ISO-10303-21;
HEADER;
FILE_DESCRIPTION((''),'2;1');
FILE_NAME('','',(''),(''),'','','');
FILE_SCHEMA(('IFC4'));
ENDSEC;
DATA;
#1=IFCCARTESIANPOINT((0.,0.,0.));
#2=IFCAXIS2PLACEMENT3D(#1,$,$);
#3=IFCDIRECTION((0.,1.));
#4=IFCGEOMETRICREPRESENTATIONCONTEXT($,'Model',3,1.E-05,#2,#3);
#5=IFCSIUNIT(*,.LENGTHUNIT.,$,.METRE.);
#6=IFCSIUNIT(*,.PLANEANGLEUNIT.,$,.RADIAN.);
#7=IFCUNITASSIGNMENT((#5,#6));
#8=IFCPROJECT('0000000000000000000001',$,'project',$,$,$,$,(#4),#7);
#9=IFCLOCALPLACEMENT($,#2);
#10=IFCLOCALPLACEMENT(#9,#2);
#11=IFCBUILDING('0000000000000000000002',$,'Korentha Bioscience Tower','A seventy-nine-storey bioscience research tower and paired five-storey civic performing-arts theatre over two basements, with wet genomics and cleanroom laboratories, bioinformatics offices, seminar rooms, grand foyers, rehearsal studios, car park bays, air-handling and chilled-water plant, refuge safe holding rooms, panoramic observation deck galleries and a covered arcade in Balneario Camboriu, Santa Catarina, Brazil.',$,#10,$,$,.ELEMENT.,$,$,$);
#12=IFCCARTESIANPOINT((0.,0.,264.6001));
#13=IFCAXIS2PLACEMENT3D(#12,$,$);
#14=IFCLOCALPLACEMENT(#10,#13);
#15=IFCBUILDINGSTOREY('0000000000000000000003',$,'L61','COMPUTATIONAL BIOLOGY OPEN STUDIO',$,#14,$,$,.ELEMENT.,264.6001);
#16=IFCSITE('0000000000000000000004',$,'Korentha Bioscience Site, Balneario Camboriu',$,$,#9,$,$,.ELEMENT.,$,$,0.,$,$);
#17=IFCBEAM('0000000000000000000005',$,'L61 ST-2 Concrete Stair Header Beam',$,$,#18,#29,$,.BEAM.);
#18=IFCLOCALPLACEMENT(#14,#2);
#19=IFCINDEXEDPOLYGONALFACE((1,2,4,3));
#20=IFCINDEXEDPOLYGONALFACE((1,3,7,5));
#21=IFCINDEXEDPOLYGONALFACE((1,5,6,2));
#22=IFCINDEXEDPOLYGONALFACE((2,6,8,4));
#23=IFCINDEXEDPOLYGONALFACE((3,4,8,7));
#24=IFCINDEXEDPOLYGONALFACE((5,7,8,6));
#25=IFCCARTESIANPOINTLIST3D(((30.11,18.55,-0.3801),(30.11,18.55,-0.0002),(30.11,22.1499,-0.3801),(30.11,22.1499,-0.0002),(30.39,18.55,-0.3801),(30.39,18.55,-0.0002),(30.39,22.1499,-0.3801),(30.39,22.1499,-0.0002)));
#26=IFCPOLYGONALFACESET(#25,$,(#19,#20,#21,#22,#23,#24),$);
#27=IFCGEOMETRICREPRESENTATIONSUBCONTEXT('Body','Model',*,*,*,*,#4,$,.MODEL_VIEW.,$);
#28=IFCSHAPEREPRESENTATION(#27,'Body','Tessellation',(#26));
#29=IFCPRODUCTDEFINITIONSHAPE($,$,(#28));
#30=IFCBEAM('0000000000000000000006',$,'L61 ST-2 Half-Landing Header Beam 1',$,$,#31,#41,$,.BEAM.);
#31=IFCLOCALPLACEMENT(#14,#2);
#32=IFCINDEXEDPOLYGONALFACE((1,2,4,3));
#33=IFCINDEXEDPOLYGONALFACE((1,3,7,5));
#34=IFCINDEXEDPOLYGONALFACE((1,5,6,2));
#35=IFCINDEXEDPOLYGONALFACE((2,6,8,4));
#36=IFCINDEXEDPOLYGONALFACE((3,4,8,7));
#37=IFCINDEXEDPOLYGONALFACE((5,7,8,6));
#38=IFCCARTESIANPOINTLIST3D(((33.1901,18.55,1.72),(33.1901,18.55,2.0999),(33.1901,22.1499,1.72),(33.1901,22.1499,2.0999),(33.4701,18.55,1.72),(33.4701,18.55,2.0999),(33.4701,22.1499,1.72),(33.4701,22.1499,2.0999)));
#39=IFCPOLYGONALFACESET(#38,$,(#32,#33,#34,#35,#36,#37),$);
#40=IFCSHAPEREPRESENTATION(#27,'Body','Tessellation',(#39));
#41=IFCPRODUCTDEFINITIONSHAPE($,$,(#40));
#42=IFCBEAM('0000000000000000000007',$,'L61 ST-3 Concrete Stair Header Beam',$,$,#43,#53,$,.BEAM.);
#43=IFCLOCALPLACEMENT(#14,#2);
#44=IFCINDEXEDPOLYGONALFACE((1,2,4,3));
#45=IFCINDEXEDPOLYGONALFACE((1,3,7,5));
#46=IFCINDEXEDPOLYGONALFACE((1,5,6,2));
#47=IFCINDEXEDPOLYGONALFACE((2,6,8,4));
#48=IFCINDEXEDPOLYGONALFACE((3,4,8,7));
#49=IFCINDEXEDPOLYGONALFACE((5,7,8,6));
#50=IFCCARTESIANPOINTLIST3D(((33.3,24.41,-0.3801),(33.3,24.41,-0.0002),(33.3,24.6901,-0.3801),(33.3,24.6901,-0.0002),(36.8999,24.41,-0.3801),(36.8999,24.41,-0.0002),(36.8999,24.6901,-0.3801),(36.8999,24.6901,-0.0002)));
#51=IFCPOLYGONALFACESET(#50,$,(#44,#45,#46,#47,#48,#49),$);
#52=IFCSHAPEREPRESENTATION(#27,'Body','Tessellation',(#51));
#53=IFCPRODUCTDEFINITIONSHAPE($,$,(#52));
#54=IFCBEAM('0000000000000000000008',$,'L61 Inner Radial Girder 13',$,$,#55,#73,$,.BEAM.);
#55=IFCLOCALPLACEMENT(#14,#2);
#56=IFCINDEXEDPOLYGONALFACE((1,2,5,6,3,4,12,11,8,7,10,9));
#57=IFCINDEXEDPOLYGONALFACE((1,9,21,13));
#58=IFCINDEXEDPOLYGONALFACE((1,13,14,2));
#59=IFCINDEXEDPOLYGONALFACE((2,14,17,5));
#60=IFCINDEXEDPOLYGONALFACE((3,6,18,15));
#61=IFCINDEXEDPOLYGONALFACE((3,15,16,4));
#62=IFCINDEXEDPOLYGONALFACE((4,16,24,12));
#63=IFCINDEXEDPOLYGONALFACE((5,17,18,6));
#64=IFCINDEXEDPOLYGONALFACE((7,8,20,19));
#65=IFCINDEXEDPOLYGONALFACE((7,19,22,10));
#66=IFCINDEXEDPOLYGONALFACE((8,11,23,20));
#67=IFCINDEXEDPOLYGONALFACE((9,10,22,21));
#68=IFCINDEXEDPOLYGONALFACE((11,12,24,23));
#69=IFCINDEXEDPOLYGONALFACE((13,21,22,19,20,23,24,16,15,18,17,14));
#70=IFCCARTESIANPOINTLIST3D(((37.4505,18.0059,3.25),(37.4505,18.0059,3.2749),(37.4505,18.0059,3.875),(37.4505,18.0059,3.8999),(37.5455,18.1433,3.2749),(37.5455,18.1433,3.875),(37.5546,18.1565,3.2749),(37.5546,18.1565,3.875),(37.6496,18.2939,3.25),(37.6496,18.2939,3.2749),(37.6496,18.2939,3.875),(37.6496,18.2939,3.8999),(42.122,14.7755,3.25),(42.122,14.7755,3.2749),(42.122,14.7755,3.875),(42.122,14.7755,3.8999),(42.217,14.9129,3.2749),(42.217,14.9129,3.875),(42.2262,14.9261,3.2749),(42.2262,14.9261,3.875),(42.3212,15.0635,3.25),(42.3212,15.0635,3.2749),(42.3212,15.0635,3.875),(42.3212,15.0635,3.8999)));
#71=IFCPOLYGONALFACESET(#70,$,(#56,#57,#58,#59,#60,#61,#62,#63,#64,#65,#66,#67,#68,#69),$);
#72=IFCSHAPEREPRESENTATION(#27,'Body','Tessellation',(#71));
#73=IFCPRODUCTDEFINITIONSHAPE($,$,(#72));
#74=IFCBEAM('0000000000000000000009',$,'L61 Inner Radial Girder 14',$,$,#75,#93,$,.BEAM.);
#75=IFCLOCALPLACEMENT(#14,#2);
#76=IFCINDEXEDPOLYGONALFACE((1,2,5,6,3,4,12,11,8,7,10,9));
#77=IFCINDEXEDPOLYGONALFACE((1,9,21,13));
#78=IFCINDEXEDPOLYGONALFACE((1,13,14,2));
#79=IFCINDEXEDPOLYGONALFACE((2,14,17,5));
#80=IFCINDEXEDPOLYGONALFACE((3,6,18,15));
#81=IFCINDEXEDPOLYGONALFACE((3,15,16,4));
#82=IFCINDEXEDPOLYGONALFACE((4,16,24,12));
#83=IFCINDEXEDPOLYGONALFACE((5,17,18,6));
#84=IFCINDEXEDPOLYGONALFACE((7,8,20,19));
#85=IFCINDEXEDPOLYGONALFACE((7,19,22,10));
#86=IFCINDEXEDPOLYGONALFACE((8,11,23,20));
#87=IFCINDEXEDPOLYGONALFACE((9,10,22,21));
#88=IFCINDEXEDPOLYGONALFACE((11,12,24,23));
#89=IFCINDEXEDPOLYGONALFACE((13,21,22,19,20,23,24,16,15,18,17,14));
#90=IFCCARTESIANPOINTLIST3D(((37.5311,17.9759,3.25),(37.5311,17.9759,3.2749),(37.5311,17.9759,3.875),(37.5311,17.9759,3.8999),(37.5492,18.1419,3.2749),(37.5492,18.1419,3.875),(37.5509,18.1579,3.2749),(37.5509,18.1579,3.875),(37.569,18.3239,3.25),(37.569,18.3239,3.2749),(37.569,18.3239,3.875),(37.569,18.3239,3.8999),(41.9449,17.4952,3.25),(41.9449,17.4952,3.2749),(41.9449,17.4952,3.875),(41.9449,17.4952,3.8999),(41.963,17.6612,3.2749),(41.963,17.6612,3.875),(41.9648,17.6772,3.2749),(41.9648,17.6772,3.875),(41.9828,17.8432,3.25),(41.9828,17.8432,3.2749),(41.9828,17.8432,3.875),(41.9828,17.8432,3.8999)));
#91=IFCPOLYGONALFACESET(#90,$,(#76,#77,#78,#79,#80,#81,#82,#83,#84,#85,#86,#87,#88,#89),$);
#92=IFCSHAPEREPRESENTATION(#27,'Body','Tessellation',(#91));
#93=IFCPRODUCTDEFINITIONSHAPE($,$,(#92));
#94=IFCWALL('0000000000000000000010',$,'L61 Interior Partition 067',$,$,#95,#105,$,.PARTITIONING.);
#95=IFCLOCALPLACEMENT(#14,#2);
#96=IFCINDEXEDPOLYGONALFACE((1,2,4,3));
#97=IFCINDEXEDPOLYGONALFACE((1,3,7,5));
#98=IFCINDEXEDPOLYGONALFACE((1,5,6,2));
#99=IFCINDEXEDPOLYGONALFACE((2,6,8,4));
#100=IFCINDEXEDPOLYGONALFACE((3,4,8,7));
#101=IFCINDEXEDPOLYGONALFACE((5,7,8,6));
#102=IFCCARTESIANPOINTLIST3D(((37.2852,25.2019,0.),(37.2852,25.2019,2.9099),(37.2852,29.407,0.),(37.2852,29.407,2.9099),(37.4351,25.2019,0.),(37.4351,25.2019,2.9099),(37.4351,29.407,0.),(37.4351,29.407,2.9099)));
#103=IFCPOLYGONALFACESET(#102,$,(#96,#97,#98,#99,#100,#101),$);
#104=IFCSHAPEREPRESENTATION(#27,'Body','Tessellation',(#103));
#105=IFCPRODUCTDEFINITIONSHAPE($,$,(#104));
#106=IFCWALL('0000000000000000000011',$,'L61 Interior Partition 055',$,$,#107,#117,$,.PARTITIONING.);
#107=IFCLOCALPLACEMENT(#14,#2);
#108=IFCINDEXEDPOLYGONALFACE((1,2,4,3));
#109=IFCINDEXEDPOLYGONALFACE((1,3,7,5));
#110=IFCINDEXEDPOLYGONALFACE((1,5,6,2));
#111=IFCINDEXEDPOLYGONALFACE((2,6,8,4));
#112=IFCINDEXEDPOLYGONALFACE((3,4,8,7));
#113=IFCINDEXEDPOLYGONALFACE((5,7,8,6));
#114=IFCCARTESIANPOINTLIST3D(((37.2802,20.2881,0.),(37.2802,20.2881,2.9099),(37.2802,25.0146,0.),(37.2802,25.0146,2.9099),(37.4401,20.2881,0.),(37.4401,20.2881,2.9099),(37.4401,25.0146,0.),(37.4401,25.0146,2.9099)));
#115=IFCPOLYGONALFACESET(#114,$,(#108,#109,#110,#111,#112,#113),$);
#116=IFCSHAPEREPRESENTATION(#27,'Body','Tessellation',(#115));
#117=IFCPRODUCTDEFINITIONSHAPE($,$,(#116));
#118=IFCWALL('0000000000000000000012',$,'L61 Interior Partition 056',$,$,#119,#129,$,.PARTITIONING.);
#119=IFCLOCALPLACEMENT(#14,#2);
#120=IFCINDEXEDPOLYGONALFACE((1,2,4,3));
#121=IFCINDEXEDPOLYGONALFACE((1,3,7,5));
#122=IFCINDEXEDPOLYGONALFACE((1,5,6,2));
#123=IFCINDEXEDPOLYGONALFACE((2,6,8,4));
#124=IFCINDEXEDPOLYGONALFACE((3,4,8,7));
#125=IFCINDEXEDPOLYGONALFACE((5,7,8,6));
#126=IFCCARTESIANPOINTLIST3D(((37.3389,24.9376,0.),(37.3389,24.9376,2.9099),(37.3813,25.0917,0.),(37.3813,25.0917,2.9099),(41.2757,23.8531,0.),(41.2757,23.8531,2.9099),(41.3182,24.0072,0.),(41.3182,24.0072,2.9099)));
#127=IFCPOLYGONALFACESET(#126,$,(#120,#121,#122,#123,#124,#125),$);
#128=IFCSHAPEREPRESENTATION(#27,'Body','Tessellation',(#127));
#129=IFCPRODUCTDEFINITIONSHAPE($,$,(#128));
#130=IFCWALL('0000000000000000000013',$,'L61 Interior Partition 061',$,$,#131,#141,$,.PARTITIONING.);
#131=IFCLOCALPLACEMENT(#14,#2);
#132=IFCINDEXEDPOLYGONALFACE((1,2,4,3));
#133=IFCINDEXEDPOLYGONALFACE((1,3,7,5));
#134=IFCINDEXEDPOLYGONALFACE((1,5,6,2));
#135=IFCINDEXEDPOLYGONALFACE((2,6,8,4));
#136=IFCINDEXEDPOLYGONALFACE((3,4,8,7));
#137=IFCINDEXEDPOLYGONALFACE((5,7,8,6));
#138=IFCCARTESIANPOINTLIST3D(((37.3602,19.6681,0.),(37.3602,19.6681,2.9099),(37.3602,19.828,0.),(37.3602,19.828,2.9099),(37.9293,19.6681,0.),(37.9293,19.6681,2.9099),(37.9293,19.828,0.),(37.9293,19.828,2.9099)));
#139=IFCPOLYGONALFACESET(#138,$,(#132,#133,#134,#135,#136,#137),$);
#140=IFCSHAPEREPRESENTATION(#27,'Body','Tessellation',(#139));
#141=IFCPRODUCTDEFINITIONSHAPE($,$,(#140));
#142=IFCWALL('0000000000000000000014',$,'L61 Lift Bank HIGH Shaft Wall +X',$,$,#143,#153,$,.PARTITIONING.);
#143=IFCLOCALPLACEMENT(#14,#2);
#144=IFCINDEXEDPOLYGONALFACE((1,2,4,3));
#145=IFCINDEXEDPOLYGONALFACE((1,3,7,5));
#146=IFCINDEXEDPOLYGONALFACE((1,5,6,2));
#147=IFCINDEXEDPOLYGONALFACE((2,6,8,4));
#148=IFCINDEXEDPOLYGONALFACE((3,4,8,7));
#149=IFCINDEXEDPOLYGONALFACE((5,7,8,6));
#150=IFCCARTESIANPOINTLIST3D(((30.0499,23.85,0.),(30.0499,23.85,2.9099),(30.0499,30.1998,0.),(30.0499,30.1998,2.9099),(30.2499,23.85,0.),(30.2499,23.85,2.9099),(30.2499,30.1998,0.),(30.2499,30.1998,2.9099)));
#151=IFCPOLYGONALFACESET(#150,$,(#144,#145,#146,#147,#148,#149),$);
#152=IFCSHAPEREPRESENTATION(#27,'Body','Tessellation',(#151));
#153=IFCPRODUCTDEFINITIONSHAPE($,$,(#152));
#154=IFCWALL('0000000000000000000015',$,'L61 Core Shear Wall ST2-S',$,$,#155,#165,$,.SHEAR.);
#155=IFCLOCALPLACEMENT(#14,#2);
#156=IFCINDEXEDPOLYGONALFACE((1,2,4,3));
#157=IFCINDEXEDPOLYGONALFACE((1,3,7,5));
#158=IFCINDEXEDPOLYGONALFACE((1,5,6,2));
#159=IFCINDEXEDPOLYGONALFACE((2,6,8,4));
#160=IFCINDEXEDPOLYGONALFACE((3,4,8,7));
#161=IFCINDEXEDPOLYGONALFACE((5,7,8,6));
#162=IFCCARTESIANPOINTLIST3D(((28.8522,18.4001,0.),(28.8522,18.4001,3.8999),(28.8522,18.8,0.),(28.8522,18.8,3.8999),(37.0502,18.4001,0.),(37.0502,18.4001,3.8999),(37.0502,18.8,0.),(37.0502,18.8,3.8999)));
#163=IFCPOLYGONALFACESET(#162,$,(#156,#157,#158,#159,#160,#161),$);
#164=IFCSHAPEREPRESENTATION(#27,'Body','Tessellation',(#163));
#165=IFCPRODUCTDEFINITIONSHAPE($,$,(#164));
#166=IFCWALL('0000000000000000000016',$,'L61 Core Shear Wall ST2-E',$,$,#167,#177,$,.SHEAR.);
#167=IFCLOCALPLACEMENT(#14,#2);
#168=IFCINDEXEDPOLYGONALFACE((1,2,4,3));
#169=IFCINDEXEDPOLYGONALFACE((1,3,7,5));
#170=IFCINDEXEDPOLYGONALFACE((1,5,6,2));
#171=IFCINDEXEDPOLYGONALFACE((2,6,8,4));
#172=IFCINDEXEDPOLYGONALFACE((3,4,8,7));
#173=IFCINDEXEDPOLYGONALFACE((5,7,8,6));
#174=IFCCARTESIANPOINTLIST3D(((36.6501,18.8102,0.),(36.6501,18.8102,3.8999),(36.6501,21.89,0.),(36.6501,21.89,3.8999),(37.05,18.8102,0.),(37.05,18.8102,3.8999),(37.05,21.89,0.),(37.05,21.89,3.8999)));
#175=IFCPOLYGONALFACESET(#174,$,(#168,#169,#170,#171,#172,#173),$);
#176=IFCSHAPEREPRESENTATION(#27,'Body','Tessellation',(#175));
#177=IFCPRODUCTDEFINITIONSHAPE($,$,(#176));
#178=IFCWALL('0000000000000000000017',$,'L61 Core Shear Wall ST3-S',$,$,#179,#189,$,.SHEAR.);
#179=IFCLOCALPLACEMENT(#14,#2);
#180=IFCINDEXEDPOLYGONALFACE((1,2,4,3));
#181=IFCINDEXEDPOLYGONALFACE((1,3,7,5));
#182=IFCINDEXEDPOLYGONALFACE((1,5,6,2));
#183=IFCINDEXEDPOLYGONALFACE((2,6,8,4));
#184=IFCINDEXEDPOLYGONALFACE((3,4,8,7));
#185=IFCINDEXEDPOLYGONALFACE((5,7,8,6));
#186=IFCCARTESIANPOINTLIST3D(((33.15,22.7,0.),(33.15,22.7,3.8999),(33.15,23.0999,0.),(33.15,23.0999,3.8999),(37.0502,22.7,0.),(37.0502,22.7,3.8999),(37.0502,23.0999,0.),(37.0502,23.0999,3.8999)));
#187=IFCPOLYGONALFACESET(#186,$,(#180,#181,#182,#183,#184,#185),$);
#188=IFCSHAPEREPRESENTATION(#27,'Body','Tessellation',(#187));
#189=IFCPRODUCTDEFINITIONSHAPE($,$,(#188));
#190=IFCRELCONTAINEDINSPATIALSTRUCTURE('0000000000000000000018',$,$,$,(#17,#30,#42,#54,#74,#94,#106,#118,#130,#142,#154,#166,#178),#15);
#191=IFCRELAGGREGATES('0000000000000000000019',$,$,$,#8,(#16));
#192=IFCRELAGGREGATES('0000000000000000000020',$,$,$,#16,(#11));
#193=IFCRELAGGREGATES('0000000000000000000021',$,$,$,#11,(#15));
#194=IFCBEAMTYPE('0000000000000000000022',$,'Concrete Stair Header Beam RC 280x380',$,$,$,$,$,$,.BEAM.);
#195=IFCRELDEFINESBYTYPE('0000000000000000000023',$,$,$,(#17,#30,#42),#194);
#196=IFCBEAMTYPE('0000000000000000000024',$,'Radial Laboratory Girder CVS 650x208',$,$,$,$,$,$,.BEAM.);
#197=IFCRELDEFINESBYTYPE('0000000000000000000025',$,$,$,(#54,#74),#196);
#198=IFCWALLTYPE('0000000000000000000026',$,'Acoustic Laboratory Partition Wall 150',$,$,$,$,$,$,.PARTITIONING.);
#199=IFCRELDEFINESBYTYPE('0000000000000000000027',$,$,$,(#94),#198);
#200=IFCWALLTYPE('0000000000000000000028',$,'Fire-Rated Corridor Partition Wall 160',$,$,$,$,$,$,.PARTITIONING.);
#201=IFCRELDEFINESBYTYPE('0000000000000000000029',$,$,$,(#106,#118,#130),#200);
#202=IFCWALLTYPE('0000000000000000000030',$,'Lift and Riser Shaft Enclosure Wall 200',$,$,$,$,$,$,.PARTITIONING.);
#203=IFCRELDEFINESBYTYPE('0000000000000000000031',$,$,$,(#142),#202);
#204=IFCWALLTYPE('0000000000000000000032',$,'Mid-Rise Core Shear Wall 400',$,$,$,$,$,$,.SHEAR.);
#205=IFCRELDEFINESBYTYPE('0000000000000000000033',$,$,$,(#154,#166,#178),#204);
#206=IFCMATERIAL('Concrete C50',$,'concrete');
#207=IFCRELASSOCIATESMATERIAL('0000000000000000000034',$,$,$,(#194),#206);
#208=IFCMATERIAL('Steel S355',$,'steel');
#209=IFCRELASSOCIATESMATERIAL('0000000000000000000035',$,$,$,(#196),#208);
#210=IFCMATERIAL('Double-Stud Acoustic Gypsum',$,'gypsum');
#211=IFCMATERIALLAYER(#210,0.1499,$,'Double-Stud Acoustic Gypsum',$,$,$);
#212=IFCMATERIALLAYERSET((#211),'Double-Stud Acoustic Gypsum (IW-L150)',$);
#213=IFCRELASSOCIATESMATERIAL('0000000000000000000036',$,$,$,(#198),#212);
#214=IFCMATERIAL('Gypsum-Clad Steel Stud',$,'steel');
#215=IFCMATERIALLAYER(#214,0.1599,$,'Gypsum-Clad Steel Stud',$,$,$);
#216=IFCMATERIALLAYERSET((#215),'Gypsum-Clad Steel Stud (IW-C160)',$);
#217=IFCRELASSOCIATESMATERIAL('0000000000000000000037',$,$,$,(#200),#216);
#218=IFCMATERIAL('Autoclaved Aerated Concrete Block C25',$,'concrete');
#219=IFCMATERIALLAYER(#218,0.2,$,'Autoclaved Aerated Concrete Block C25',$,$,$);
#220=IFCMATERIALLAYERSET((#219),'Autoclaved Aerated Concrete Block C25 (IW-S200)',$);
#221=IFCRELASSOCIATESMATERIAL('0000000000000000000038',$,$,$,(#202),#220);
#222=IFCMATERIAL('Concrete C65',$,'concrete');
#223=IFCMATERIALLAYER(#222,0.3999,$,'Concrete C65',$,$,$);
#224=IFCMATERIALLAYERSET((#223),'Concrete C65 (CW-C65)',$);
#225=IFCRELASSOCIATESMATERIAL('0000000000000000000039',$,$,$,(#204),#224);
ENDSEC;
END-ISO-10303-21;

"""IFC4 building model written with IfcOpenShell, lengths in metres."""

from ifc_helpers import new_model, si_unit, direction, frame, frame_2d, origin, origin_2d, place, context, subcontext, project, spatial, rectangle, i_section, extrude, material, layer, layer_set, material_profile, profile_set, type_object, element, save


model = new_model("IFC4")

# Units and contexts
model_context = context("Model", 3, precision=1e-05, world=origin(), true_north=direction((0.0, 1.0)))
body_context = subcontext(model_context, "Body", "Model", "MODEL_VIEW")
ifc_project = project(units=[si_unit("LENGTHUNIT", "METRE"), si_unit("PLANEANGLEUNIT", "RADIAN")], contexts=[model_context])

# Site, building, storey
site_placement = place(None, origin())
site = spatial("IfcSite", under=ifc_project, at=site_placement, Name="Korentha Bioscience Site, Balneario Camboriu", CompositionType="ELEMENT", RefElevation=0.0)
building_placement = place(site_placement, origin())
building = spatial("IfcBuilding", under=site, at=building_placement, Name="Korentha Bioscience Tower", Description="A seventy-nine-storey bioscience research tower and paired five-storey civic performing-arts theatre over two basements, with wet genomics and cleanroom laboratories, bioinformatics offices, seminar rooms, grand foyers, rehearsal studios, car park bays, air-handling and chilled-water plant, refuge safe holding rooms, panoramic observation deck galleries and a covered arcade in Balneario Camboriu, Santa Catarina, Brazil.", CompositionType="ELEMENT")
storey_placement = place(building_placement, frame((0.0, 0.0, 264.6001)))
storey = spatial("IfcBuildingStorey", under=building, at=storey_placement, Name="L61", Description="COMPUTATIONAL BIOLOGY OPEN STUDIO", CompositionType="ELEMENT", Elevation=264.6001)

# Beams
ifc_material_1 = material(Name="Concrete C50", Category="concrete")
ifc_material_profile_1 = material_profile(ifc_material_1, rectangle(XDim=0.28, YDim=0.3799, at=origin_2d()), Name="Concrete C50")
ifc_profile_set_1 = profile_set([ifc_material_profile_1], Name="Concrete C50 (ST-HB380)")
beam_type_1 = type_object("IfcBeamType", Name="Concrete Stair Header Beam RC 280x380", PredefinedType="BEAM", material=ifc_profile_set_1)
for number, where, z_axis, x_axis, name in (
    (1, (30.25, 18.55, -0.1902), (0.0, 1.0, 0.0), (-1.0, 0.0, 0.0), "L61 ST-2 Concrete Stair Header Beam"),
    (2, (33.3301, 18.55, 1.9099), (0.0, 1.0, 0.0), (-1.0, 0.0, 0.0), "L61 ST-2 Half-Landing Header Beam 1"),
    (3, (36.8999, 24.55, -0.1902), (-1.0, 0.0, 0.0), (0.0, -1.0, 0.0), "L61 ST-3 Concrete Stair Header Beam"),
):
    element("IfcBeam", number, at=place(storey_placement, frame(where, z_axis=z_axis, x_axis=x_axis)), inside=storey, type_object=beam_type_1, Name=name, PredefinedType="BEAM", context=body_context, shape_type="SweptSolid", body=[
        extrude(rectangle(XDim=0.28, YDim=0.3799, at=origin_2d()), origin(), (0.0, 0.0, 1.0), 3.5999),
    ])
ifc_material_2 = material(Name="Steel S355", Category="steel")
ifc_material_profile_2 = material_profile(ifc_material_2, i_section(OverallWidth=0.3501, OverallDepth=0.6499, WebThickness=0.0161, FlangeThickness=0.0249, at=origin_2d()), Name="Steel S355")
ifc_profile_set_2 = profile_set([ifc_material_profile_2], Name="Steel S355 (RB-650)")
beam_type_2 = type_object("IfcBeamType", Name="Radial Laboratory Girder CVS 650x208", PredefinedType="BEAM", material=ifc_profile_set_2)
beam_1_placement = place(storey_placement, frame((37.55, 18.1499, 3.575), z_axis=(0.8225, -0.568765, 0.0), x_axis=(0.568765, 0.8225, 0.0)))
element("IfcBeam", 4, at=beam_1_placement, inside=storey, type_object=beam_type_2, Name="L61 Inner Radial Girder 13", PredefinedType="BEAM", context=body_context, shape_type="SweptSolid", body=[
    extrude(i_section(OverallWidth=0.3501, OverallDepth=0.6499, WebThickness=0.0161, FlangeThickness=0.0249, at=origin_2d()), origin(), (0.0, 0.0, 1.0), 5.6797),
])
beam_2_placement = place(storey_placement, frame((37.55, 18.1499, 3.575), z_axis=(0.994121, -0.108271, 0.0), x_axis=(0.108271, 0.994121, 0.0)))
element("IfcBeam", 5, at=beam_2_placement, inside=storey, type_object=beam_type_2, Name="L61 Inner Radial Girder 14", PredefinedType="BEAM", context=body_context, shape_type="SweptSolid", body=[
    extrude(i_section(OverallWidth=0.3501, OverallDepth=0.6499, WebThickness=0.0161, FlangeThickness=0.0249, at=origin_2d()), origin(), (0.0, 0.0, 1.0), 4.4399),
])

# Walls
ifc_material_3 = material(Name="Double-Stud Acoustic Gypsum", Category="gypsum")
ifc_layer_1 = layer(ifc_material_3, 0.1499, Name="Double-Stud Acoustic Gypsum")
ifc_layer_set_1 = layer_set([ifc_layer_1], Name="Double-Stud Acoustic Gypsum (IW-L150)")
wall_type_1 = type_object("IfcWallType", Name="Acoustic Laboratory Partition Wall 150", PredefinedType="PARTITIONING", material=ifc_layer_set_1)
wall_1_placement = place(storey_placement, frame((37.3601, 25.2019, 0.0), z_axis=(0.0, 0.0, 1.0), x_axis=(0.0, 1.0, 0.0)))
element("IfcWall", 6, at=wall_1_placement, inside=storey, type_object=wall_type_1, Name="L61 Interior Partition 067", PredefinedType="PARTITIONING", context=body_context, shape_type="SweptSolid", body=[
    extrude(rectangle(XDim=4.2051, YDim=0.1499, at=frame_2d((2.1025, 0.0))), origin(), (0.0, 0.0, 1.0), 2.9099),
])
ifc_material_4 = material(Name="Gypsum-Clad Steel Stud", Category="steel")
ifc_layer_2 = layer(ifc_material_4, 0.1599, Name="Gypsum-Clad Steel Stud")
ifc_layer_set_2 = layer_set([ifc_layer_2], Name="Gypsum-Clad Steel Stud (IW-C160)")
wall_type_2 = type_object("IfcWallType", Name="Fire-Rated Corridor Partition Wall 160", PredefinedType="PARTITIONING", material=ifc_layer_set_2)
wall_2_placement = place(storey_placement, frame((37.3601, 20.2881, 0.0), z_axis=(0.0, 0.0, 1.0), x_axis=(0.0, 1.0, 0.0)))
element("IfcWall", 7, at=wall_2_placement, inside=storey, type_object=wall_type_2, Name="L61 Interior Partition 055", PredefinedType="PARTITIONING", context=body_context, shape_type="SweptSolid", body=[
    extrude(rectangle(XDim=4.7266, YDim=0.1599, at=frame_2d((2.3633, 0.0))), origin(), (0.0, 0.0, 1.0), 2.9099),
])
wall_3_placement = place(storey_placement, frame((37.3601, 25.0146, 0.0), z_axis=(0.0, 0.0, 1.0), x_axis=(0.964089, -0.26558, 0.0)))
element("IfcWall", 8, at=wall_3_placement, inside=storey, type_object=wall_type_2, Name="L61 Interior Partition 056", PredefinedType="PARTITIONING", context=body_context, shape_type="SweptSolid", body=[
    extrude(rectangle(XDim=4.0835, YDim=0.1599, at=frame_2d((2.0417, 0.0))), origin(), (0.0, 0.0, 1.0), 2.9099),
])
wall_4_placement = place(storey_placement, frame((37.3601, 19.748, 0.0), z_axis=(0.0, 0.0, 1.0), x_axis=(1.0, 0.0, 0.0)))
element("IfcWall", 9, at=wall_4_placement, inside=storey, type_object=wall_type_2, Name="L61 Interior Partition 061", PredefinedType="PARTITIONING", context=body_context, shape_type="SweptSolid", body=[
    extrude(rectangle(XDim=0.5691, YDim=0.1599, at=frame_2d((0.2847, 0.0))), origin(), (0.0, 0.0, 1.0), 2.9099),
])
ifc_material_5 = material(Name="Autoclaved Aerated Concrete Block C25", Category="concrete")
ifc_layer_3 = layer(ifc_material_5, 0.2, Name="Autoclaved Aerated Concrete Block C25")
ifc_layer_set_3 = layer_set([ifc_layer_3], Name="Autoclaved Aerated Concrete Block C25 (IW-S200)")
wall_type_3 = type_object("IfcWallType", Name="Lift and Riser Shaft Enclosure Wall 200", PredefinedType="PARTITIONING", material=ifc_layer_set_3)
wall_5_placement = place(storey_placement, frame((30.1499, 23.8501, 0.0), z_axis=(0.0, 0.0, 1.0), x_axis=(0.0, 1.0, 0.0)))
element("IfcWall", 10, at=wall_5_placement, inside=storey, type_object=wall_type_3, Name="L61 Lift Bank HIGH Shaft Wall +X", PredefinedType="PARTITIONING", context=body_context, shape_type="SweptSolid", body=[
    extrude(rectangle(XDim=6.3499, YDim=0.2, at=frame_2d((3.1748, 0.0))), origin(), (0.0, 0.0, 1.0), 2.9099),
])
ifc_material_6 = material(Name="Concrete C65", Category="concrete")
ifc_layer_4 = layer(ifc_material_6, 0.3999, Name="Concrete C65")
ifc_layer_set_4 = layer_set([ifc_layer_4], Name="Concrete C65 (CW-C65)")
wall_type_4 = type_object("IfcWallType", Name="Mid-Rise Core Shear Wall 400", PredefinedType="SHEAR", material=ifc_layer_set_4)
wall_6_placement = place(storey_placement, frame((28.8521, 18.6001, 0.0), z_axis=(0.0, 0.0, 1.0), x_axis=(1.0, 0.0, 0.0)))
element("IfcWall", 11, at=wall_6_placement, inside=storey, type_object=wall_type_4, Name="L61 Core Shear Wall ST2-S", PredefinedType="SHEAR", context=body_context, shape_type="SweptSolid", body=[
    extrude(rectangle(XDim=8.198, YDim=0.3999, at=frame_2d((4.0991, 0.0))), origin(), (0.0, 0.0, 1.0), 3.8999),
])
wall_7_placement = place(storey_placement, frame((36.8501, 18.8101, 0.0), z_axis=(0.0, 0.0, 1.0), x_axis=(0.0, 1.0, 0.0)))
element("IfcWall", 12, at=wall_7_placement, inside=storey, type_object=wall_type_4, Name="L61 Core Shear Wall ST2-E", PredefinedType="SHEAR", context=body_context, shape_type="SweptSolid", body=[
    extrude(rectangle(XDim=3.0798, YDim=0.3999, at=frame_2d((1.54, 0.0))), origin(), (0.0, 0.0, 1.0), 3.8999),
])
wall_8_placement = place(storey_placement, frame((33.1499, 22.8999, 0.0), z_axis=(0.0, 0.0, 1.0), x_axis=(1.0, 0.0, 0.0)))
element("IfcWall", 13, at=wall_8_placement, inside=storey, type_object=wall_type_4, Name="L61 Core Shear Wall ST3-S", PredefinedType="SHEAR", context=body_context, shape_type="SweptSolid", body=[
    extrude(rectangle(XDim=3.9001, YDim=0.3999, at=frame_2d((1.9502, 0.0))), origin(), (0.0, 0.0, 1.0), 3.8999),
])

save(model, "model.ifc")
